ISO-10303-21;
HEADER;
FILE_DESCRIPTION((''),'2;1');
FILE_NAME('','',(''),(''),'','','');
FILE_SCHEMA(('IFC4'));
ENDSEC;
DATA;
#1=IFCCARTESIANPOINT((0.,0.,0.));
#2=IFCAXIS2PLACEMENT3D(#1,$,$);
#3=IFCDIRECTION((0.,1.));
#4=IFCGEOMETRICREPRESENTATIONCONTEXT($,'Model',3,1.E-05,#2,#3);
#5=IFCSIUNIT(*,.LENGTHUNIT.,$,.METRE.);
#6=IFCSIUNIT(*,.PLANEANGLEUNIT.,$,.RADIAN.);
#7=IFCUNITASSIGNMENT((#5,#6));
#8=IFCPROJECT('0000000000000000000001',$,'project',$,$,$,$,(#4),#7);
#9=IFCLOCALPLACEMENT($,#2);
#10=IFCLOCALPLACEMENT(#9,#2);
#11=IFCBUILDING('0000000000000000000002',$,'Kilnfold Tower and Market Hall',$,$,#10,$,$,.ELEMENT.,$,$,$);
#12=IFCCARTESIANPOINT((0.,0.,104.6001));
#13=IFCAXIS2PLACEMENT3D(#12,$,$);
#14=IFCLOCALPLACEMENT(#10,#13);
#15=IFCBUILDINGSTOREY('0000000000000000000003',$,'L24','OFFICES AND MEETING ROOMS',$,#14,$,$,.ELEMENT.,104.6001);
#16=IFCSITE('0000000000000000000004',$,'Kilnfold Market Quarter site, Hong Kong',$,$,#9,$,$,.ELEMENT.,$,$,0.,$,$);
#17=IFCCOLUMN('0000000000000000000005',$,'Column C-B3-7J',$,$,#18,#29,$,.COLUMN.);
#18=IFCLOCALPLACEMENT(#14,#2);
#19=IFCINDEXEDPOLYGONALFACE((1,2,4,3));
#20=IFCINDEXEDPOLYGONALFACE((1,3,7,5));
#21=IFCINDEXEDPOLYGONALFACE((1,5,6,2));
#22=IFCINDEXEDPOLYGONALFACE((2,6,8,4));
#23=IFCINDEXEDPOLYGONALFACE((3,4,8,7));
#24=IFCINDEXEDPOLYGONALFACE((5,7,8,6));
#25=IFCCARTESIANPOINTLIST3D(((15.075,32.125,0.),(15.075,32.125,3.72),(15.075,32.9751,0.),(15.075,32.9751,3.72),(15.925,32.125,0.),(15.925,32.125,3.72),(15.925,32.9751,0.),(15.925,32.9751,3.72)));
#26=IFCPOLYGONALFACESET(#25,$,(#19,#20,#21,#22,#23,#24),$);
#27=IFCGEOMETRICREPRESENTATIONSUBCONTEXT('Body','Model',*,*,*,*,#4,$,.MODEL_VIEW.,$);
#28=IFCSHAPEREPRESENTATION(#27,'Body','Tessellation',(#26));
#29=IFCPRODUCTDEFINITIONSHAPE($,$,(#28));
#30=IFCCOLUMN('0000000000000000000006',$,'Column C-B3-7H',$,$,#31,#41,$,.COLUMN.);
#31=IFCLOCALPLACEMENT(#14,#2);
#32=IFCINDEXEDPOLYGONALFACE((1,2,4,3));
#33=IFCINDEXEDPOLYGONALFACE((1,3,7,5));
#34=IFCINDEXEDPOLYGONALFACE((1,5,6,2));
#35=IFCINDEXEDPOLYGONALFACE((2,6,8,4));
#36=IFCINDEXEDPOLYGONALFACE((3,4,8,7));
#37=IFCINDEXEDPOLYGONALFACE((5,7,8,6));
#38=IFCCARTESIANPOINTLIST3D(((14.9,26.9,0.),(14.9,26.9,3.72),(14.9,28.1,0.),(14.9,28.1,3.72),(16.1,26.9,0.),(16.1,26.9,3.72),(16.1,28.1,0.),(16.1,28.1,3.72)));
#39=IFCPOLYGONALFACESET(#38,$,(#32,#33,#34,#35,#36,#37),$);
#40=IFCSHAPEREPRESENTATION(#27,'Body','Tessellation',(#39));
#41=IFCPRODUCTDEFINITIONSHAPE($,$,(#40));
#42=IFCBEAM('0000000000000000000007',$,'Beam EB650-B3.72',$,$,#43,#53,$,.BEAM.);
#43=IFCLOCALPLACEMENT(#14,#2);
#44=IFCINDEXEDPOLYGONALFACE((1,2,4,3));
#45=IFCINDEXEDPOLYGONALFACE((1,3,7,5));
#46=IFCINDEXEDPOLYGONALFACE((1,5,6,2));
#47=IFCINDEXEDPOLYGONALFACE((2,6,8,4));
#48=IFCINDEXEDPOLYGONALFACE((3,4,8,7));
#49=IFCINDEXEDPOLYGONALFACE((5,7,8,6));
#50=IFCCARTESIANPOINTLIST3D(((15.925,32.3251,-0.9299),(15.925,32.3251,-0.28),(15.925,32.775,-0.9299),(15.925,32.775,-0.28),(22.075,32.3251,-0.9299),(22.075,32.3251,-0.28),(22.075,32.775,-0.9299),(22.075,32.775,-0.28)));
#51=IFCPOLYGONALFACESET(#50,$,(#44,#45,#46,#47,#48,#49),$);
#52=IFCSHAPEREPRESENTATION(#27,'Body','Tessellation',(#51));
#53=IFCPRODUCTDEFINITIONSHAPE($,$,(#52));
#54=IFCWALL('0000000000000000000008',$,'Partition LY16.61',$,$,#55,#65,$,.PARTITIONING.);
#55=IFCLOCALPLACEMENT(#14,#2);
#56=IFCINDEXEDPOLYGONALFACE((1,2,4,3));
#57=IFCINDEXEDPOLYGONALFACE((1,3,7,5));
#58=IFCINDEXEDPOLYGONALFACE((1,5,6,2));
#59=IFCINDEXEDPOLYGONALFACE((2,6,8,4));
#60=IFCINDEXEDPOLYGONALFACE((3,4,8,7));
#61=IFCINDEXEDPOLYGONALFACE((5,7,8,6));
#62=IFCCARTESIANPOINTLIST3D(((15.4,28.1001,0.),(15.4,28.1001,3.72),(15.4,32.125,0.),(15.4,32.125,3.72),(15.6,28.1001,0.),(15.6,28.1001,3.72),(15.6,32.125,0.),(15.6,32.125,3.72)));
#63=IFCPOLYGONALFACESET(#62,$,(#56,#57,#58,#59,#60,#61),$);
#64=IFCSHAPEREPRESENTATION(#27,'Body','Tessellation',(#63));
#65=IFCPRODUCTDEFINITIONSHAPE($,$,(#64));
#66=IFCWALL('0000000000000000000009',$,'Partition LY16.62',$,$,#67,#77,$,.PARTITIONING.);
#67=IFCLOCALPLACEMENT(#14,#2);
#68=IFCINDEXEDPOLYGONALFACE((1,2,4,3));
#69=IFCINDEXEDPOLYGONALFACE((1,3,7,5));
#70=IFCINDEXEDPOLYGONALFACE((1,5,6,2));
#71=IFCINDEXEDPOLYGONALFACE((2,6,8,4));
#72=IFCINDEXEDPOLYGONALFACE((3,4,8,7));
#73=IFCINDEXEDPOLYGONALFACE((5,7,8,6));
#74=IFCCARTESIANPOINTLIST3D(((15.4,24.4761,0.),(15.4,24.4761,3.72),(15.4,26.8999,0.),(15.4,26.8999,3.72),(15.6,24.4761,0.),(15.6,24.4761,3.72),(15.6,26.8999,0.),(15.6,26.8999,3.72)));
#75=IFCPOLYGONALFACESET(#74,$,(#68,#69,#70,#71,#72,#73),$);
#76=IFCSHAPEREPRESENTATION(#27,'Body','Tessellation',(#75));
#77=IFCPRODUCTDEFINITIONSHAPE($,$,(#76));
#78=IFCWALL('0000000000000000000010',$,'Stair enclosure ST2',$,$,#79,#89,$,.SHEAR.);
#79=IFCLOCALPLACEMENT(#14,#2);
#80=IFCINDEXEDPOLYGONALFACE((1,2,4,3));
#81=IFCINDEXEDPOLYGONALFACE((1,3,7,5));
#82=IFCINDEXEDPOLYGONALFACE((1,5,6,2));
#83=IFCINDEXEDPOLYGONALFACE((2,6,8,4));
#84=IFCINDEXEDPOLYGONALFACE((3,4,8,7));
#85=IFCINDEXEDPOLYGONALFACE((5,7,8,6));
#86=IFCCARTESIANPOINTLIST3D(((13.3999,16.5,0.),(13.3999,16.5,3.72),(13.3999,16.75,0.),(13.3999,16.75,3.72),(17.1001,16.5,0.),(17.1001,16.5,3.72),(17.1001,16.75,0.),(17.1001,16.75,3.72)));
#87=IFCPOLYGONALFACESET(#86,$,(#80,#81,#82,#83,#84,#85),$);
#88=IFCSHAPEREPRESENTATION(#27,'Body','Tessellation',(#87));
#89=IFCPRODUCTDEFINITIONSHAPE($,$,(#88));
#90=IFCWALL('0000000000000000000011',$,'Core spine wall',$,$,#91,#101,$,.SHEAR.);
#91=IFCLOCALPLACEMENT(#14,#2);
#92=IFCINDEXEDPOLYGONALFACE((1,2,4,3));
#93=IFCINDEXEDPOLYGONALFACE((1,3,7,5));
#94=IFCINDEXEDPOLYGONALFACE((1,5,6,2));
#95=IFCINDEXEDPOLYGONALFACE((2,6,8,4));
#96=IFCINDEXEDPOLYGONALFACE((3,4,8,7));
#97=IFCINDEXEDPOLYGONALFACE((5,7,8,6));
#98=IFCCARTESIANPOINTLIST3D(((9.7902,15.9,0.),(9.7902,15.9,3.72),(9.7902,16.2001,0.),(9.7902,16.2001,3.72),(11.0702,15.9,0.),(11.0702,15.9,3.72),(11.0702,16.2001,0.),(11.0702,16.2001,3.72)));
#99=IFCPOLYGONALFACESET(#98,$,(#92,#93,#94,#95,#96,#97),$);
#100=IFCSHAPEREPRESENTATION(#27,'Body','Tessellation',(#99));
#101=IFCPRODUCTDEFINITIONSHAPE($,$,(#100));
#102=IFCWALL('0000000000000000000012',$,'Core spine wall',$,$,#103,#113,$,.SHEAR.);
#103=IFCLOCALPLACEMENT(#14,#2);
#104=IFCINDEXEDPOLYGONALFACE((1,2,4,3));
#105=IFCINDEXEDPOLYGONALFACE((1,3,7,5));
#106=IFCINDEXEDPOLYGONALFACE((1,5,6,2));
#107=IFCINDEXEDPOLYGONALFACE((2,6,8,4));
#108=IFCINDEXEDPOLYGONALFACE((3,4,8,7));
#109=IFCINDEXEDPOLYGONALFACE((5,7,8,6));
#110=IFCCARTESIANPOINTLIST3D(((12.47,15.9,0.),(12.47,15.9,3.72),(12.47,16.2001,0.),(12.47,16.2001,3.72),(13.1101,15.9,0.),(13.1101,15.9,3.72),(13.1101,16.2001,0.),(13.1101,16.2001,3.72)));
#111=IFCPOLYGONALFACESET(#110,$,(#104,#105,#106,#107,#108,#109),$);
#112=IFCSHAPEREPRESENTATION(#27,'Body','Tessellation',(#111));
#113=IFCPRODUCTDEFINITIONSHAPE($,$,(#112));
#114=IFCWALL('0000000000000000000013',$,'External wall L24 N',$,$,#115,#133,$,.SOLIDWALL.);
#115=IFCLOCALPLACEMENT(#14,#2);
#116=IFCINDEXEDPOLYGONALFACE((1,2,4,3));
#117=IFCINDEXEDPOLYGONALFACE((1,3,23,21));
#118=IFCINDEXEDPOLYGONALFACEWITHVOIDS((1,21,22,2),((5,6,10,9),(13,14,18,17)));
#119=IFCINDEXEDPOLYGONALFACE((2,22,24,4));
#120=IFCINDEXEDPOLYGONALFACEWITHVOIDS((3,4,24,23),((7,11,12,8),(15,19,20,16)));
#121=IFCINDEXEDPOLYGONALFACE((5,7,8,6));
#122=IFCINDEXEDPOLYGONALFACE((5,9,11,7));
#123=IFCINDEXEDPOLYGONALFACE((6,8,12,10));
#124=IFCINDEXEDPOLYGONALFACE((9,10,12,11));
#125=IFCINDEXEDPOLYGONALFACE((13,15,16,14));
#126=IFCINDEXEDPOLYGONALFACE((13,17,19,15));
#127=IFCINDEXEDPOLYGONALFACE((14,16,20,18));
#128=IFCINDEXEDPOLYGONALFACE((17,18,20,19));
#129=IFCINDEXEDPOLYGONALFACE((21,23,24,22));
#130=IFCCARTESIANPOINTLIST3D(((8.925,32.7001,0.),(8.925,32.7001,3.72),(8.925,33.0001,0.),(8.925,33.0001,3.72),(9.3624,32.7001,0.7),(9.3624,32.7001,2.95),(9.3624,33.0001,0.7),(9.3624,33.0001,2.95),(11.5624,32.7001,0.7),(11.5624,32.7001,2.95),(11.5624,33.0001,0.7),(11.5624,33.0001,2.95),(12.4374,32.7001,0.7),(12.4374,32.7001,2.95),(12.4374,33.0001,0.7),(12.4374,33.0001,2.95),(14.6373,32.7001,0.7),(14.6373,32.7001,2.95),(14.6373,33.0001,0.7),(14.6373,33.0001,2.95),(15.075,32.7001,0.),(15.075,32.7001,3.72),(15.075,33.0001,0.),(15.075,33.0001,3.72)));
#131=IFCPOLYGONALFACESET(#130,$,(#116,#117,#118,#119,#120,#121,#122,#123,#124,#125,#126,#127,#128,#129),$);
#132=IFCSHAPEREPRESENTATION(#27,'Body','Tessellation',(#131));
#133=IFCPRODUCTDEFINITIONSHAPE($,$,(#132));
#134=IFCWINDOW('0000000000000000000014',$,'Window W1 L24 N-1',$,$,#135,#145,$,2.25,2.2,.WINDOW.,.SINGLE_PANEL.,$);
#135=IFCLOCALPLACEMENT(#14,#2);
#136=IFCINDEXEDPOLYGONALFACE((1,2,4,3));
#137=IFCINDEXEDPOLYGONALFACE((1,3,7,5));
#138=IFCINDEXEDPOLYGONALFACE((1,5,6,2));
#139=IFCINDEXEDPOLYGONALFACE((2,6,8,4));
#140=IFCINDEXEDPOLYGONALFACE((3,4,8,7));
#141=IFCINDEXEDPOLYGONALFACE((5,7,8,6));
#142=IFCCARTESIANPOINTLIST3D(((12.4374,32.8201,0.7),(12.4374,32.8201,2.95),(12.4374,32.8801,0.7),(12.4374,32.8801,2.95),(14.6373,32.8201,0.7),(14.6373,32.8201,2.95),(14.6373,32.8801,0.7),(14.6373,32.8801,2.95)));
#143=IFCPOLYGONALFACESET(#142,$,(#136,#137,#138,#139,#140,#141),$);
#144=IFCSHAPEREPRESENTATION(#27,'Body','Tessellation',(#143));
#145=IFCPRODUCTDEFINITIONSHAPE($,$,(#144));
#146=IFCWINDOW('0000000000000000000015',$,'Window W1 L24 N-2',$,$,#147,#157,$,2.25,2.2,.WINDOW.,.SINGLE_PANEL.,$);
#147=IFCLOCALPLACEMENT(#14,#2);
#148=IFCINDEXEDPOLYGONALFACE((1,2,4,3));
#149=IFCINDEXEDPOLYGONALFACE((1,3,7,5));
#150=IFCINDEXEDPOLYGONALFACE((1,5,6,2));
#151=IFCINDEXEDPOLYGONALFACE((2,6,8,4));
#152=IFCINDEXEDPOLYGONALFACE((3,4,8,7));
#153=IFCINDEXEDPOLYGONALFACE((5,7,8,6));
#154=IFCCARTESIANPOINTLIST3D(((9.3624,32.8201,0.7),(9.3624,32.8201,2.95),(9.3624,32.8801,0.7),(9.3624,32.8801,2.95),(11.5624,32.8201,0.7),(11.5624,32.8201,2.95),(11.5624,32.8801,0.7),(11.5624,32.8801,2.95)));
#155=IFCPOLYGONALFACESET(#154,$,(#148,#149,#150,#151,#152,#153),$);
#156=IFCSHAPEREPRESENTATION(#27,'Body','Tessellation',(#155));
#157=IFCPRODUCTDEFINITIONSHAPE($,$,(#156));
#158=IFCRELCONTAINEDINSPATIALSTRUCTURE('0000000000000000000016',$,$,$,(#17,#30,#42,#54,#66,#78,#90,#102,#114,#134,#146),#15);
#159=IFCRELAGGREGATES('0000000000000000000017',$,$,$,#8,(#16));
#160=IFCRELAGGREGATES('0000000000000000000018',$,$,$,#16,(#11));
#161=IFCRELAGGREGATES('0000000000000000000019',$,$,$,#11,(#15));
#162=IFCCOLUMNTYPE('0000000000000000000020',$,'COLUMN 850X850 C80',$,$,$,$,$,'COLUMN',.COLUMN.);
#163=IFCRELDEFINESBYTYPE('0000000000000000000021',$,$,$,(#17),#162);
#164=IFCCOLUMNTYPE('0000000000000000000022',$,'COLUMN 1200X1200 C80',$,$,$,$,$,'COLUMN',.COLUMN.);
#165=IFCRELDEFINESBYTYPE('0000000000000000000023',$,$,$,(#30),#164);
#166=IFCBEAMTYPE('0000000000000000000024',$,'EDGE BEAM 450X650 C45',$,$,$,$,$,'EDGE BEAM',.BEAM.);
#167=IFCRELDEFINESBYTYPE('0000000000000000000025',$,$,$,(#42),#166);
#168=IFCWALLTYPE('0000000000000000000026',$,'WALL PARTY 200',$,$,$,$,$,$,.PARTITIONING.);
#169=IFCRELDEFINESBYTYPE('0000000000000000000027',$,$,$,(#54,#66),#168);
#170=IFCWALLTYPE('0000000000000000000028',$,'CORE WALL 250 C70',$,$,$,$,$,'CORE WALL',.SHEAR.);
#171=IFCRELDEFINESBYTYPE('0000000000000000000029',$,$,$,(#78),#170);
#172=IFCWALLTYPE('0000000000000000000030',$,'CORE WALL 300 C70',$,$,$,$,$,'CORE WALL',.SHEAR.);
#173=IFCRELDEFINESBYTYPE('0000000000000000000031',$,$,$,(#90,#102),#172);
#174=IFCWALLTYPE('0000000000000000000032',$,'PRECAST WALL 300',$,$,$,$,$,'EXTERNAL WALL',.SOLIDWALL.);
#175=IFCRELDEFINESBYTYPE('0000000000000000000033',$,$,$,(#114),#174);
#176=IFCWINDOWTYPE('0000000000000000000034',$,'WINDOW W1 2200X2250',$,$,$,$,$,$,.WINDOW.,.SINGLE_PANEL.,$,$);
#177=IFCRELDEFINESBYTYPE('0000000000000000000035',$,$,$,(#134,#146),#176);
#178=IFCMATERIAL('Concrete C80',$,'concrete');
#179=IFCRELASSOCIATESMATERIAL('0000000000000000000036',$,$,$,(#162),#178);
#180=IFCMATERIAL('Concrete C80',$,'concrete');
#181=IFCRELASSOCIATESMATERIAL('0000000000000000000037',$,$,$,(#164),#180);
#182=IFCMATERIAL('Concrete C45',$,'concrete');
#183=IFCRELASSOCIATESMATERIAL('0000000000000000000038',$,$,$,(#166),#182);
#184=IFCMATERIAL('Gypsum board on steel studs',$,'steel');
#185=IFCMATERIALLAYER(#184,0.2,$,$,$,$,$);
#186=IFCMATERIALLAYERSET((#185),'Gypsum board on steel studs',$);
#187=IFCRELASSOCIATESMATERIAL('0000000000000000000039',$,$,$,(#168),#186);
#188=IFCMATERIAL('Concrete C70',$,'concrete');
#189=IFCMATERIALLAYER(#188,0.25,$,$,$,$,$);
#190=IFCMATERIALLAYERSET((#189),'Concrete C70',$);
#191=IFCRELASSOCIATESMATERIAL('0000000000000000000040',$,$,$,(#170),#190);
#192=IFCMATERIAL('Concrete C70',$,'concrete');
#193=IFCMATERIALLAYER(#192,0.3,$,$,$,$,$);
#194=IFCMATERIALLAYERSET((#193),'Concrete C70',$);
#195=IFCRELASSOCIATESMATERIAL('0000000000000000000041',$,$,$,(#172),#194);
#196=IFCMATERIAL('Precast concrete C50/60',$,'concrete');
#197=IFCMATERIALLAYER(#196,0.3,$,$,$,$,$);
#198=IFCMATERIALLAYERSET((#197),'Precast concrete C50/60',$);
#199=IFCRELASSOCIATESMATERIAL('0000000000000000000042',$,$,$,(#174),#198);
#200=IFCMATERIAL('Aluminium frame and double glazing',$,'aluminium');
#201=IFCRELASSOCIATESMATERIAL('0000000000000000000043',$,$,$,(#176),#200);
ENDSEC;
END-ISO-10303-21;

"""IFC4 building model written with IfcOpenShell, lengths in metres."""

from ifc_helpers import new_model, si_unit, direction, frame, frame_2d, origin, origin_2d, place, context, subcontext, project, spatial, rectangle, extrude, source, transform, mapped, material, layer, layer_set, material_profile, profile_set, type_object, element, fill, save


model = new_model("IFC4")

# Units and contexts
model_context = context("Model", 3, precision=1e-05, world=origin(), true_north=direction((0.0, 1.0)))
body_context = subcontext(model_context, "Body", "Model", "MODEL_VIEW")
ifc_project = project(units=[si_unit("LENGTHUNIT", "METRE"), si_unit("PLANEANGLEUNIT", "RADIAN")], contexts=[model_context])

# Site, building, storey
site_placement = place(None, origin())
site = spatial("IfcSite", under=ifc_project, at=site_placement, Name="Kilnfold Market Quarter site, Hong Kong", CompositionType="ELEMENT", RefElevation=0.0)
building_placement = place(site_placement, origin())
building = spatial("IfcBuilding", under=site, at=building_placement, Name="Kilnfold Tower and Market Hall", CompositionType="ELEMENT")
storey_placement = place(building_placement, frame((0.0, 0.0, 104.6001)))
storey = spatial("IfcBuildingStorey", under=building, at=storey_placement, Name="L24", Description="OFFICES AND MEETING ROOMS", CompositionType="ELEMENT", Elevation=104.6001)

# Columns
ifc_material_1 = material(Name="Concrete C80", Category="concrete")
ifc_material_profile_1 = material_profile(ifc_material_1, rectangle(XDim=0.8501, YDim=0.8501, at=origin_2d()), Name="RC 850x850")
ifc_profile_set_1 = profile_set([ifc_material_profile_1], Name="Concrete C80")
column_type_1 = type_object("IfcColumnType", Name="COLUMN 850X850 C80", ElementType="COLUMN", PredefinedType="COLUMN", material=ifc_profile_set_1)
shared_shape_1 = source(origin(), body_context, "Body", "SweptSolid", [
    extrude(rectangle(XDim=0.8501, YDim=0.8501, at=origin_2d()), origin(), (0.0, 0.0, 1.0), 3.72),
])
column_1_placement = place(storey_placement, frame((15.5, 32.55, 0.0), z_axis=(0.0, 0.0, 1.0), x_axis=(1.0, 0.0, 0.0)))
element("IfcColumn", 1, at=column_1_placement, inside=storey, type_object=column_type_1, Name="Column C-B3-7J", PredefinedType="COLUMN", context=body_context, shape_type="MappedRepresentation", body=[
    mapped(shared_shape_1, transform((0.0, 0.0, 0.0))),
])
ifc_material_2 = material(Name="Concrete C80", Category="concrete")
ifc_material_profile_2 = material_profile(ifc_material_2, rectangle(XDim=1.2, YDim=1.2, at=origin_2d()), Name="RC 1200x1200")
ifc_profile_set_2 = profile_set([ifc_material_profile_2], Name="Concrete C80")
column_type_2 = type_object("IfcColumnType", Name="COLUMN 1200X1200 C80", ElementType="COLUMN", PredefinedType="COLUMN", material=ifc_profile_set_2)
shared_shape_2 = source(origin(), body_context, "Body", "SweptSolid", [
    extrude(rectangle(XDim=1.2, YDim=1.2, at=origin_2d()), origin(), (0.0, 0.0, 1.0), 3.72),
])
column_2_placement = place(storey_placement, frame((15.5, 27.5, 0.0), z_axis=(0.0, 0.0, 1.0), x_axis=(1.0, 0.0, 0.0)))
element("IfcColumn", 2, at=column_2_placement, inside=storey, type_object=column_type_2, Name="Column C-B3-7H", PredefinedType="COLUMN", context=body_context, shape_type="MappedRepresentation", body=[
    mapped(shared_shape_2, transform((0.0, 0.0, 0.0))),
])

# Beam
ifc_material_3 = material(Name="Concrete C45", Category="concrete")
ifc_material_profile_3 = material_profile(ifc_material_3, rectangle(XDim=0.45, YDim=0.6499, at=origin_2d()), Name="RC 450x650")
ifc_profile_set_3 = profile_set([ifc_material_profile_3], Name="Concrete C45")
beam_type = type_object("IfcBeamType", Name="EDGE BEAM 450X650 C45", ElementType="EDGE BEAM", PredefinedType="BEAM", material=ifc_profile_set_3)
shared_shape_3 = source(origin(), body_context, "Body", "SweptSolid", [
    extrude(rectangle(XDim=0.45, YDim=0.6499, at=origin_2d()), origin(), (0.0, 0.0, 1.0), 6.1499),
])
beam_placement = place(storey_placement, frame((15.925, 32.55, -0.605), z_axis=(1.0, 0.0, 0.0), x_axis=(0.0, 1.0, 0.0)))
element("IfcBeam", 3, at=beam_placement, inside=storey, type_object=beam_type, Name="Beam EB650-B3.72", PredefinedType="BEAM", context=body_context, shape_type="MappedRepresentation", body=[
    mapped(shared_shape_3, transform((0.0, 0.0, 0.0))),
])

# Walls
ifc_material_4 = material(Name="Gypsum board on steel studs", Category="steel")
ifc_layer_1 = layer(ifc_material_4, 0.2)
ifc_layer_set_1 = layer_set([ifc_layer_1], Name="Gypsum board on steel studs")
wall_type_1 = type_object("IfcWallType", Name="WALL PARTY 200", PredefinedType="PARTITIONING", material=ifc_layer_set_1)
wall_1_placement = place(storey_placement, frame((15.5, 28.1001, 0.0), z_axis=(0.0, 0.0, 1.0), x_axis=(0.0, 1.0, 0.0)))
element("IfcWall", 4, at=wall_1_placement, inside=storey, type_object=wall_type_1, Name="Partition LY16.61", PredefinedType="PARTITIONING", context=body_context, shape_type="SweptSolid", body=[
    extrude(rectangle(XDim=4.0249, YDim=0.2, at=frame_2d((2.0125, 0.0))), origin(), (0.0, 0.0, 1.0), 3.72),
])
wall_2_placement = place(storey_placement, frame((15.5, 24.4761, 0.0), z_axis=(0.0, 0.0, 1.0), x_axis=(0.0, 1.0, 0.0)))
element("IfcWall", 5, at=wall_2_placement, inside=storey, type_object=wall_type_1, Name="Partition LY16.62", PredefinedType="PARTITIONING", context=body_context, shape_type="SweptSolid", body=[
    extrude(rectangle(XDim=2.4238, YDim=0.2, at=frame_2d((1.2119, 0.0))), origin(), (0.0, 0.0, 1.0), 3.72),
])
ifc_material_5 = material(Name="Concrete C70", Category="concrete")
ifc_layer_2 = layer(ifc_material_5, 0.25)
ifc_layer_set_2 = layer_set([ifc_layer_2], Name="Concrete C70")
wall_type_2 = type_object("IfcWallType", Name="CORE WALL 250 C70", ElementType="CORE WALL", PredefinedType="SHEAR", material=ifc_layer_set_2)
shared_shape_4 = source(origin(), body_context, "Body", "SweptSolid", [
    extrude(rectangle(XDim=3.7002, YDim=0.25, at=frame_2d((1.8501, 0.0))), origin(), (0.0, 0.0, 1.0), 3.72),
])
wall_3_placement = place(storey_placement, frame((13.3999, 16.625, 0.0), z_axis=(0.0, 0.0, 1.0), x_axis=(1.0, 0.0, 0.0)))
element("IfcWall", 6, at=wall_3_placement, inside=storey, type_object=wall_type_2, Name="Stair enclosure ST2", PredefinedType="SHEAR", context=body_context, shape_type="MappedRepresentation", body=[
    mapped(shared_shape_4, transform((0.0, 0.0, 0.0))),
])
ifc_material_6 = material(Name="Concrete C70", Category="concrete")
ifc_layer_3 = layer(ifc_material_6, 0.3)
ifc_layer_set_3 = layer_set([ifc_layer_3], Name="Concrete C70")
wall_type_3 = type_object("IfcWallType", Name="CORE WALL 300 C70", ElementType="CORE WALL", PredefinedType="SHEAR", material=ifc_layer_set_3)
shared_shape_5 = source(origin(), body_context, "Body", "SweptSolid", [
    extrude(rectangle(XDim=1.28, YDim=0.3, at=frame_2d((0.6401, 0.0))), origin(), (0.0, 0.0, 1.0), 3.72),
])
wall_4_placement = place(storey_placement, frame((9.79, 16.05, 0.0), z_axis=(0.0, 0.0, 1.0), x_axis=(1.0, 0.0, 0.0)))
element("IfcWall", 7, at=wall_4_placement, inside=storey, type_object=wall_type_3, Name="Core spine wall", PredefinedType="SHEAR", context=body_context, shape_type="MappedRepresentation", body=[
    mapped(shared_shape_5, transform((0.0, 0.0, 0.0))),
])
shared_shape_6 = source(origin(), body_context, "Body", "SweptSolid", [
    extrude(rectangle(XDim=0.6401, YDim=0.3, at=frame_2d((0.3201, 0.0))), origin(), (0.0, 0.0, 1.0), 3.72),
])
wall_5_placement = place(storey_placement, frame((12.47, 16.05, 0.0), z_axis=(0.0, 0.0, 1.0), x_axis=(1.0, 0.0, 0.0)))
element("IfcWall", 8, at=wall_5_placement, inside=storey, type_object=wall_type_3, Name="Core spine wall", PredefinedType="SHEAR", context=body_context, shape_type="MappedRepresentation", body=[
    mapped(shared_shape_6, transform((0.0, 0.0, 0.0))),
])

# Wall, openings, windows
ifc_material_7 = material(Name="Precast concrete C50/60", Category="concrete")
ifc_layer_4 = layer(ifc_material_7, 0.3)
ifc_layer_set_4 = layer_set([ifc_layer_4], Name="Precast concrete C50/60")
wall_type_4 = type_object("IfcWallType", Name="PRECAST WALL 300", ElementType="EXTERNAL WALL", PredefinedType="SOLIDWALL", material=ifc_layer_set_4)
shared_shape_7 = source(origin(), body_context, "Body", "SweptSolid", [
    extrude(rectangle(XDim=6.1499, YDim=0.3, at=frame_2d((3.075, 0.0))), origin(), (0.0, 0.0, 1.0), 3.72),
])
wall_6_placement = place(storey_placement, frame((15.075, 32.8501, 0.0), z_axis=(0.0, 0.0, 1.0), x_axis=(-1.0, 0.0, 0.0)))
wall_6 = element("IfcWall", 9, at=wall_6_placement, inside=storey, type_object=wall_type_4, Name="External wall L24 N", PredefinedType="SOLIDWALL", context=body_context, shape_type="MappedRepresentation", body=[
    mapped(shared_shape_7, transform((0.0, 0.0, 0.0))),
])
opening_1_placement = place(wall_6_placement, frame((0.4375, 0.0, 0.7)))
opening_1 = element("IfcOpeningElement", 10, at=opening_1_placement, cuts=wall_6, PredefinedType="OPENING", context=body_context, shape_type="SweptSolid", body=[
    extrude(rectangle(XDim=2.2, YDim=2.25, at=frame_2d((1.1001, 1.125))), frame((0.0, 0.1602, 0.0), z_axis=(0.0, -1.0, 0.0), x_axis=(1.0, 0.0, 0.0)), (0.0, 0.0, 1.0), 0.3201),
])
opening_2_placement = place(wall_6_placement, frame((3.5125, 0.0, 0.7)))
opening_2 = element("IfcOpeningElement", 11, at=opening_2_placement, cuts=wall_6, PredefinedType="OPENING", context=body_context, shape_type="SweptSolid", body=[
    extrude(rectangle(XDim=2.2, YDim=2.25, at=frame_2d((1.1001, 1.125))), frame((0.0, 0.1602, 0.0), z_axis=(0.0, -1.0, 0.0), x_axis=(1.0, 0.0, 0.0)), (0.0, 0.0, 1.0), 0.3201),
])
ifc_material_8 = material(Name="Aluminium frame and double glazing", Category="aluminium")
window_type = type_object("IfcWindowType", Name="WINDOW W1 2200X2250", PartitioningType="SINGLE_PANEL", PredefinedType="WINDOW", material=ifc_material_8)
window_1_placement = place(opening_1_placement, origin())
window_1 = element("IfcWindow", 12, at=window_1_placement, inside=storey, type_object=window_type, Name="Window W1 L24 N-1", OverallHeight=2.25, OverallWidth=2.2, PartitioningType="SINGLE_PANEL", PredefinedType="WINDOW", context=body_context, shape_type="SweptSolid", body=[
    extrude(rectangle(XDim=2.2, YDim=2.25, at=frame_2d((1.1001, 1.125))), frame((0.0, 0.03, 0.0), z_axis=(0.0, -1.0, 0.0), x_axis=(1.0, 0.0, 0.0)), (0.0, 0.0, 1.0), 0.0601),
])
fill(opening_1, window_1)
window_2_placement = place(opening_2_placement, origin())
window_2 = element("IfcWindow", 13, at=window_2_placement, inside=storey, type_object=window_type, Name="Window W1 L24 N-2", OverallHeight=2.25, OverallWidth=2.2, PartitioningType="SINGLE_PANEL", PredefinedType="WINDOW", context=body_context, shape_type="SweptSolid", body=[
    extrude(rectangle(XDim=2.2, YDim=2.25, at=frame_2d((1.1001, 1.125))), frame((0.0, 0.03, 0.0), z_axis=(0.0, -1.0, 0.0), x_axis=(1.0, 0.0, 0.0)), (0.0, 0.0, 1.0), 0.0601),
])
fill(opening_2, window_2)

save(model, "model.ifc")
